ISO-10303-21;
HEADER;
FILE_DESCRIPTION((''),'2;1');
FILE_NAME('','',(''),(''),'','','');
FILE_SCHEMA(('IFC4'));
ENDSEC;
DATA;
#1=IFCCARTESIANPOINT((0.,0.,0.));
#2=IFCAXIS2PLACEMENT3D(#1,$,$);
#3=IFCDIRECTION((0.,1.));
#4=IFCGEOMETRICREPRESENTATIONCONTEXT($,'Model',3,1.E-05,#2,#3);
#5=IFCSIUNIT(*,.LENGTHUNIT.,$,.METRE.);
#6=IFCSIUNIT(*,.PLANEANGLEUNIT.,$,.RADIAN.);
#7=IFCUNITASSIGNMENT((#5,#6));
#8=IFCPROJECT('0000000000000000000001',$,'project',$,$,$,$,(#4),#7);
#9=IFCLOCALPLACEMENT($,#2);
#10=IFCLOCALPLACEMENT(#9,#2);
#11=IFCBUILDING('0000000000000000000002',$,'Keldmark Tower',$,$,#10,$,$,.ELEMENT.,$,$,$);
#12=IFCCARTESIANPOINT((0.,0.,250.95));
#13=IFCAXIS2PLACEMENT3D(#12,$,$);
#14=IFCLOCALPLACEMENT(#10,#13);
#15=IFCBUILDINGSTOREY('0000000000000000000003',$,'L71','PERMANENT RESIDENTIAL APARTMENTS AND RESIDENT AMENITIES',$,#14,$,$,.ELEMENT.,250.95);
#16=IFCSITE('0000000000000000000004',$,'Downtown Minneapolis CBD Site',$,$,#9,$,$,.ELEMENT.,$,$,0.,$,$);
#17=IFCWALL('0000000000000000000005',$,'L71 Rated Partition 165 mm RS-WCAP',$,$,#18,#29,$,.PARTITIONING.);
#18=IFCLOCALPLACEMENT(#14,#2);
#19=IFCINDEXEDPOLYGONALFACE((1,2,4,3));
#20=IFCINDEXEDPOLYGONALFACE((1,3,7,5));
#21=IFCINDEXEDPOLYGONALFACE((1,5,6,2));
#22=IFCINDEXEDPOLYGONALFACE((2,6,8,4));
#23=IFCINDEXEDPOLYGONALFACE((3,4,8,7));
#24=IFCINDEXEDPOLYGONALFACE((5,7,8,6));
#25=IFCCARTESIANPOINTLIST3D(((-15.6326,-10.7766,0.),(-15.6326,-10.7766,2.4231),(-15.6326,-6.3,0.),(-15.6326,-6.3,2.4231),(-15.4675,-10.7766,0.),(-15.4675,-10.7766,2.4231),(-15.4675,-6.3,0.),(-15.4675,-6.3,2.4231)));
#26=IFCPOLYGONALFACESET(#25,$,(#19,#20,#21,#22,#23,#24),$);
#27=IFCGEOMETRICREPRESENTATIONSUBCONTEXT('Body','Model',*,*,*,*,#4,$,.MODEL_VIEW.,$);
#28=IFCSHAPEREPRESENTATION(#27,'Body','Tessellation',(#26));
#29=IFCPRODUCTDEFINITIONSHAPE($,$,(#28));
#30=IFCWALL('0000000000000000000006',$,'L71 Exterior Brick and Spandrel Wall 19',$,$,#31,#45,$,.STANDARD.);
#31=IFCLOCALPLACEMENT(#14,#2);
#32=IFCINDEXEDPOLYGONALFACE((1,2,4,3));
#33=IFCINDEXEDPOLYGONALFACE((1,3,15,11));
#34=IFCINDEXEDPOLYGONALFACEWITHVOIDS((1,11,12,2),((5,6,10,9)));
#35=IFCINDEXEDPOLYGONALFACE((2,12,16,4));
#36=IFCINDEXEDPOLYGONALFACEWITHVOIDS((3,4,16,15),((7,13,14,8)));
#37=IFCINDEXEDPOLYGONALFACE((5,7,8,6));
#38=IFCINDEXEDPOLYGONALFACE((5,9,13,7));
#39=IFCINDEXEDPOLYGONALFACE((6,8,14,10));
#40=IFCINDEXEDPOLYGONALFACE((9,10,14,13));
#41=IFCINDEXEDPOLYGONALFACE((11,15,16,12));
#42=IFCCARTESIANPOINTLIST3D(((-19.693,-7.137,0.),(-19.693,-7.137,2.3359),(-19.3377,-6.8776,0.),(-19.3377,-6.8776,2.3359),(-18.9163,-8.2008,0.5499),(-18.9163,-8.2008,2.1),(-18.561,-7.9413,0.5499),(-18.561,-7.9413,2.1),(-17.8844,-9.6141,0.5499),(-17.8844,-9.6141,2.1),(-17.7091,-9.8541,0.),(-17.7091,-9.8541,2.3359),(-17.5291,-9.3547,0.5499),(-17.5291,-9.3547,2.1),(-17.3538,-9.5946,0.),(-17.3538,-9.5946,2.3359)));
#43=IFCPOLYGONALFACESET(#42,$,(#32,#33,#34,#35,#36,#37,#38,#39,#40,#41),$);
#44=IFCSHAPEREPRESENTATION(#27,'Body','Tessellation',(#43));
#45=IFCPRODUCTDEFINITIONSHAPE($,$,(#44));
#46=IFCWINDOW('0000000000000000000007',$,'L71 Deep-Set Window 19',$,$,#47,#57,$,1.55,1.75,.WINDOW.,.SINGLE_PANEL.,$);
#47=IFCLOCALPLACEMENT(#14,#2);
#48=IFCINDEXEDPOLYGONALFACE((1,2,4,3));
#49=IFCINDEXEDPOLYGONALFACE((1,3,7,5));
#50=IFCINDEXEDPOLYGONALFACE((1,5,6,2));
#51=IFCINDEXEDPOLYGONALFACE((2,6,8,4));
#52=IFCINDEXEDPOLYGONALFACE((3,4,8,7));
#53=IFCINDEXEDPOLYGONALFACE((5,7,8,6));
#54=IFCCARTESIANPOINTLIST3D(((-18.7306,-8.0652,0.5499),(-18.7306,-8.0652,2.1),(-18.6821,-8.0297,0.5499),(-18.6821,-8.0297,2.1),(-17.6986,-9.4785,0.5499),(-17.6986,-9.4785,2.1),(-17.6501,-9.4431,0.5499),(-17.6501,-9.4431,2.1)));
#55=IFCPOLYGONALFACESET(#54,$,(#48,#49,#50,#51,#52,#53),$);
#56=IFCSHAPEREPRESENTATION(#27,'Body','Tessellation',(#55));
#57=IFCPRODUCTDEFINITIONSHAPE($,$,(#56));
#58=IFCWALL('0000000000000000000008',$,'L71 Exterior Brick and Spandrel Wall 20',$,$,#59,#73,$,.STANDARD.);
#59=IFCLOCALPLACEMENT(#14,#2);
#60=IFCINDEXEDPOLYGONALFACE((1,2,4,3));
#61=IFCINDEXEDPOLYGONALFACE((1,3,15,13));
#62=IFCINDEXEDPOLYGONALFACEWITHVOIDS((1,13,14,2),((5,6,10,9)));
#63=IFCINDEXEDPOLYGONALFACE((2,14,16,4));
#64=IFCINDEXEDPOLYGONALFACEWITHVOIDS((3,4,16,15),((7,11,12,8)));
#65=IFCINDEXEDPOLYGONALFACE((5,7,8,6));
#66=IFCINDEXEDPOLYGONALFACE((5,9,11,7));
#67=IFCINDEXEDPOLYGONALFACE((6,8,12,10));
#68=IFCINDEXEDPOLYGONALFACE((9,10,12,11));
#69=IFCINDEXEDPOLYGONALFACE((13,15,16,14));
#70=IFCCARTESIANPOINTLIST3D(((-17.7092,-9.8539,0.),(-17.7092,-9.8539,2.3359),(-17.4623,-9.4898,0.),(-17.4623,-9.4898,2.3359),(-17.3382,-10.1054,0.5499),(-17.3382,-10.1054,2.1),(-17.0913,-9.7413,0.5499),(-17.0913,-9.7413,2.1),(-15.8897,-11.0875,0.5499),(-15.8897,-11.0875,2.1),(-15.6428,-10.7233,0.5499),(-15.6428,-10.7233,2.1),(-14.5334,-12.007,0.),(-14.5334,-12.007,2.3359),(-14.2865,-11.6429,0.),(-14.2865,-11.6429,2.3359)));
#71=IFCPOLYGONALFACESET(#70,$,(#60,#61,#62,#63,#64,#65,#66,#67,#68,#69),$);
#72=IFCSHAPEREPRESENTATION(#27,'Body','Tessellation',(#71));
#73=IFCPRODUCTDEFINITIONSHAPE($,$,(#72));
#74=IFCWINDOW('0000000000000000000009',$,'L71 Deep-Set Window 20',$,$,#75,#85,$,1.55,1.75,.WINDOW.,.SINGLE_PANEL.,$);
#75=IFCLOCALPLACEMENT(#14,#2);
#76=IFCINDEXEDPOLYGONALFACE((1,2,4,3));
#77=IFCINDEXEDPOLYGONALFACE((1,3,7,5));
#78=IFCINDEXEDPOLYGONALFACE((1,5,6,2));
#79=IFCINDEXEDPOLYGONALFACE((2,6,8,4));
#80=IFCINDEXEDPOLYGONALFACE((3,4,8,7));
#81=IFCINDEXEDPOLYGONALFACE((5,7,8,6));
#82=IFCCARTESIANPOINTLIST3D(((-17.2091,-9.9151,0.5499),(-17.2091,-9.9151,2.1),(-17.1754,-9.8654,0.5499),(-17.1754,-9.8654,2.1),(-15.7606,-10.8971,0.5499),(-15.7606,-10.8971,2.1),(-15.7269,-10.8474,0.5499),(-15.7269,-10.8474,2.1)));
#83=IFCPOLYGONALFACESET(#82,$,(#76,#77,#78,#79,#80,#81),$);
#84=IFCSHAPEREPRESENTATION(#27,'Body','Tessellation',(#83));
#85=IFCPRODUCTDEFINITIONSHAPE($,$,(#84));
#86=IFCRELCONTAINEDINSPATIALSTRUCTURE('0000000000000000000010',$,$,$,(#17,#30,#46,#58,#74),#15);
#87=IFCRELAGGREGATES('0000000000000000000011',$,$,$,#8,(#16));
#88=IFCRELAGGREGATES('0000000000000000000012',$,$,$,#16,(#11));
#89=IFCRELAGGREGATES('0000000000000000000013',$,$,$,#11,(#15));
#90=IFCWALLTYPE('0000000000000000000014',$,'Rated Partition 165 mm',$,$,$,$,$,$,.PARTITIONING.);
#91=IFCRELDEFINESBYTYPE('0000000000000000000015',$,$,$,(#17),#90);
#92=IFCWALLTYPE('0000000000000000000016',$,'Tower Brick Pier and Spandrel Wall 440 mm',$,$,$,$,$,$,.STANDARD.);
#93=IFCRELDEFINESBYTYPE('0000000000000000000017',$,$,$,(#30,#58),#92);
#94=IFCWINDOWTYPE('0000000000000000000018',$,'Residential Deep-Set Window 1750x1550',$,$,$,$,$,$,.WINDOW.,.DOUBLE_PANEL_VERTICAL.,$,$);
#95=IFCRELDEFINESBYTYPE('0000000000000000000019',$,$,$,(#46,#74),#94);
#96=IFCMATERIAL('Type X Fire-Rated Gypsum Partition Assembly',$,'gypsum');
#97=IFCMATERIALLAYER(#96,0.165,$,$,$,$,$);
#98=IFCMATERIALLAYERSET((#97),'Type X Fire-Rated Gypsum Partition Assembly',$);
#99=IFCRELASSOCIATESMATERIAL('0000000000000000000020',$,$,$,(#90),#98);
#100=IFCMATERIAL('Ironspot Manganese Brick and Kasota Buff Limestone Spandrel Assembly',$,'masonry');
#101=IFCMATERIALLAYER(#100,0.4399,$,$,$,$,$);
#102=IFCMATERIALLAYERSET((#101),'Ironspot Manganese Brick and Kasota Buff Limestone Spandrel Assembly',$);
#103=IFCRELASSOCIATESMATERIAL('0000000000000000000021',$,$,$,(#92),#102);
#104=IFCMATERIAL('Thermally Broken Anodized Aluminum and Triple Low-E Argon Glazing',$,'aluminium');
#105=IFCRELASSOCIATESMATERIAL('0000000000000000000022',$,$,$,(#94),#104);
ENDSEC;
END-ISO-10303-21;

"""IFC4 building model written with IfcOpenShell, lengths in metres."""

from ifc_helpers import new_model, si_unit, direction, frame, frame_2d, origin, place, context, subcontext, project, spatial, rectangle, extrude, material, layer, layer_set, type_object, element, fill, save


model = new_model("IFC4")

# Units and contexts
model_context = context("Model", 3, precision=1e-05, world=origin(), true_north=direction((0.0, 1.0)))
body_context = subcontext(model_context, "Body", "Model", "MODEL_VIEW")
ifc_project = project(units=[si_unit("LENGTHUNIT", "METRE"), si_unit("PLANEANGLEUNIT", "RADIAN")], contexts=[model_context])

# Site, building, storey
site_placement = place(None, origin())
site = spatial("IfcSite", under=ifc_project, at=site_placement, Name="Downtown Minneapolis CBD Site", CompositionType="ELEMENT", RefElevation=0.0)
building_placement = place(site_placement, origin())
building = spatial("IfcBuilding", under=site, at=building_placement, Name="Keldmark Tower", CompositionType="ELEMENT")
storey_placement = place(building_placement, frame((0.0, 0.0, 250.95)))
storey = spatial("IfcBuildingStorey", under=building, at=storey_placement, Name="L71", Description="PERMANENT RESIDENTIAL APARTMENTS AND RESIDENT AMENITIES", CompositionType="ELEMENT", Elevation=250.95)

# Wall
ifc_material_1 = material(Name="Type X Fire-Rated Gypsum Partition Assembly", Category="gypsum")
ifc_layer_1 = layer(ifc_material_1, 0.165)
ifc_layer_set_1 = layer_set([ifc_layer_1], Name="Type X Fire-Rated Gypsum Partition Assembly")
wall_type_1 = type_object("IfcWallType", Name="Rated Partition 165 mm", PredefinedType="PARTITIONING", material=ifc_layer_set_1)
wall_1_placement = place(storey_placement, frame((-15.55, -10.7766, 0.0), z_axis=(0.0, 0.0, 1.0), x_axis=(0.0, 1.0, 0.0)))
element("IfcWall", 1, at=wall_1_placement, inside=storey, type_object=wall_type_1, Name="L71 Rated Partition 165 mm RS-WCAP", PredefinedType="PARTITIONING", context=body_context, shape_type="SweptSolid", body=[
    extrude(rectangle(XDim=4.4766, YDim=0.165, at=frame_2d((2.2383, 0.0))), origin(), (0.0, 0.0, 1.0), 2.4231),
])

# Walls, openings, windows
ifc_material_2 = material(Name="Ironspot Manganese Brick and Kasota Buff Limestone Spandrel Assembly", Category="masonry")
ifc_layer_2 = layer(ifc_material_2, 0.4399)
ifc_layer_set_2 = layer_set([ifc_layer_2], Name="Ironspot Manganese Brick and Kasota Buff Limestone Spandrel Assembly")
wall_type_2 = type_object("IfcWallType", Name="Tower Brick Pier and Spandrel Wall 440 mm", PredefinedType="STANDARD", material=ifc_layer_set_2)
wall_2_placement = place(storey_placement, frame((-17.5315, -9.7244, 0.0), z_axis=(0.0, 0.0, 1.0), x_axis=(-0.589698, 0.807624, 0.0)))
wall_2 = element("IfcWall", 2, at=wall_2_placement, inside=storey, type_object=wall_type_2, Name="L71 Exterior Brick and Spandrel Wall 19", PredefinedType="STANDARD", context=body_context, shape_type="SweptSolid", body=[
    extrude(rectangle(XDim=3.3643, YDim=0.4399, at=frame_2d((1.6821, 0.0))), origin(), (0.0, 0.0, 1.0), 2.3359),
])
opening_1_placement = place(wall_2_placement, frame((0.2971, 0.0, 0.55)))
opening_1 = element("IfcOpeningElement", 3, at=opening_1_placement, cuts=wall_2, PredefinedType="OPENING", context=body_context, shape_type="SweptSolid", body=[
    extrude(rectangle(XDim=1.75, YDim=1.55, at=frame_2d((0.875, 0.7749))), frame((0.0, 0.23, 0.0), z_axis=(0.0, -1.0, 0.0), x_axis=(1.0, 0.0, 0.0)), (0.0, 0.0, 1.0), 0.46),
])
ifc_material_3 = material(Name="Thermally Broken Anodized Aluminum and Triple Low-E Argon Glazing", Category="aluminium")
window_type = type_object("IfcWindowType", Name="Residential Deep-Set Window 1750x1550", PartitioningType="DOUBLE_PANEL_VERTICAL", PredefinedType="WINDOW", material=ifc_material_3)
window_1_placement = place(opening_1_placement, origin())
window_1 = element("IfcWindow", 4, at=window_1_placement, inside=storey, type_object=window_type, Name="L71 Deep-Set Window 19", OverallHeight=1.55, OverallWidth=1.75, PartitioningType="SINGLE_PANEL", PredefinedType="WINDOW", context=body_context, shape_type="SweptSolid", body=[
    extrude(rectangle(XDim=1.75, YDim=1.55, at=frame_2d((0.875, 0.7749))), frame((0.0, -0.01, 0.0), z_axis=(0.0, -1.0, 0.0), x_axis=(1.0, 0.0, 0.0)), (0.0, 0.0, 1.0), 0.0601),
])
fill(opening_1, window_1)
wall_3_placement = place(storey_placement, frame((-14.4099, -11.825, 0.0), z_axis=(0.0, 0.0, 1.0), x_axis=(-0.827708, 0.561159, 0.0)))
wall_3 = element("IfcWall", 5, at=wall_3_placement, inside=storey, type_object=wall_type_2, Name="L71 Exterior Brick and Spandrel Wall 20", PredefinedType="STANDARD", context=body_context, shape_type="SweptSolid", body=[
    extrude(rectangle(XDim=3.8369, YDim=0.4399, at=frame_2d((1.9185, 0.0))), origin(), (0.0, 0.0, 1.0), 2.3359),
])
opening_2_placement = place(wall_3_placement, frame((1.6387, 0.0, 0.55)))
opening_2 = element("IfcOpeningElement", 6, at=opening_2_placement, cuts=wall_3, PredefinedType="OPENING", context=body_context, shape_type="SweptSolid", body=[
    extrude(rectangle(XDim=1.75, YDim=1.55, at=frame_2d((0.875, 0.7749))), frame((0.0, 0.23, 0.0), z_axis=(0.0, -1.0, 0.0), x_axis=(1.0, 0.0, 0.0)), (0.0, 0.0, 1.0), 0.46),
])
window_2_placement = place(opening_2_placement, origin())
window_2 = element("IfcWindow", 7, at=window_2_placement, inside=storey, type_object=window_type, Name="L71 Deep-Set Window 20", OverallHeight=1.55, OverallWidth=1.75, PartitioningType="SINGLE_PANEL", PredefinedType="WINDOW", context=body_context, shape_type="SweptSolid", body=[
    extrude(rectangle(XDim=1.75, YDim=1.55, at=frame_2d((0.875, 0.7749))), frame((0.0, -0.01, 0.0), z_axis=(0.0, -1.0, 0.0), x_axis=(1.0, 0.0, 0.0)), (0.0, 0.0, 1.0), 0.0601),
])
fill(opening_2, window_2)

save(model, "model.ifc")
